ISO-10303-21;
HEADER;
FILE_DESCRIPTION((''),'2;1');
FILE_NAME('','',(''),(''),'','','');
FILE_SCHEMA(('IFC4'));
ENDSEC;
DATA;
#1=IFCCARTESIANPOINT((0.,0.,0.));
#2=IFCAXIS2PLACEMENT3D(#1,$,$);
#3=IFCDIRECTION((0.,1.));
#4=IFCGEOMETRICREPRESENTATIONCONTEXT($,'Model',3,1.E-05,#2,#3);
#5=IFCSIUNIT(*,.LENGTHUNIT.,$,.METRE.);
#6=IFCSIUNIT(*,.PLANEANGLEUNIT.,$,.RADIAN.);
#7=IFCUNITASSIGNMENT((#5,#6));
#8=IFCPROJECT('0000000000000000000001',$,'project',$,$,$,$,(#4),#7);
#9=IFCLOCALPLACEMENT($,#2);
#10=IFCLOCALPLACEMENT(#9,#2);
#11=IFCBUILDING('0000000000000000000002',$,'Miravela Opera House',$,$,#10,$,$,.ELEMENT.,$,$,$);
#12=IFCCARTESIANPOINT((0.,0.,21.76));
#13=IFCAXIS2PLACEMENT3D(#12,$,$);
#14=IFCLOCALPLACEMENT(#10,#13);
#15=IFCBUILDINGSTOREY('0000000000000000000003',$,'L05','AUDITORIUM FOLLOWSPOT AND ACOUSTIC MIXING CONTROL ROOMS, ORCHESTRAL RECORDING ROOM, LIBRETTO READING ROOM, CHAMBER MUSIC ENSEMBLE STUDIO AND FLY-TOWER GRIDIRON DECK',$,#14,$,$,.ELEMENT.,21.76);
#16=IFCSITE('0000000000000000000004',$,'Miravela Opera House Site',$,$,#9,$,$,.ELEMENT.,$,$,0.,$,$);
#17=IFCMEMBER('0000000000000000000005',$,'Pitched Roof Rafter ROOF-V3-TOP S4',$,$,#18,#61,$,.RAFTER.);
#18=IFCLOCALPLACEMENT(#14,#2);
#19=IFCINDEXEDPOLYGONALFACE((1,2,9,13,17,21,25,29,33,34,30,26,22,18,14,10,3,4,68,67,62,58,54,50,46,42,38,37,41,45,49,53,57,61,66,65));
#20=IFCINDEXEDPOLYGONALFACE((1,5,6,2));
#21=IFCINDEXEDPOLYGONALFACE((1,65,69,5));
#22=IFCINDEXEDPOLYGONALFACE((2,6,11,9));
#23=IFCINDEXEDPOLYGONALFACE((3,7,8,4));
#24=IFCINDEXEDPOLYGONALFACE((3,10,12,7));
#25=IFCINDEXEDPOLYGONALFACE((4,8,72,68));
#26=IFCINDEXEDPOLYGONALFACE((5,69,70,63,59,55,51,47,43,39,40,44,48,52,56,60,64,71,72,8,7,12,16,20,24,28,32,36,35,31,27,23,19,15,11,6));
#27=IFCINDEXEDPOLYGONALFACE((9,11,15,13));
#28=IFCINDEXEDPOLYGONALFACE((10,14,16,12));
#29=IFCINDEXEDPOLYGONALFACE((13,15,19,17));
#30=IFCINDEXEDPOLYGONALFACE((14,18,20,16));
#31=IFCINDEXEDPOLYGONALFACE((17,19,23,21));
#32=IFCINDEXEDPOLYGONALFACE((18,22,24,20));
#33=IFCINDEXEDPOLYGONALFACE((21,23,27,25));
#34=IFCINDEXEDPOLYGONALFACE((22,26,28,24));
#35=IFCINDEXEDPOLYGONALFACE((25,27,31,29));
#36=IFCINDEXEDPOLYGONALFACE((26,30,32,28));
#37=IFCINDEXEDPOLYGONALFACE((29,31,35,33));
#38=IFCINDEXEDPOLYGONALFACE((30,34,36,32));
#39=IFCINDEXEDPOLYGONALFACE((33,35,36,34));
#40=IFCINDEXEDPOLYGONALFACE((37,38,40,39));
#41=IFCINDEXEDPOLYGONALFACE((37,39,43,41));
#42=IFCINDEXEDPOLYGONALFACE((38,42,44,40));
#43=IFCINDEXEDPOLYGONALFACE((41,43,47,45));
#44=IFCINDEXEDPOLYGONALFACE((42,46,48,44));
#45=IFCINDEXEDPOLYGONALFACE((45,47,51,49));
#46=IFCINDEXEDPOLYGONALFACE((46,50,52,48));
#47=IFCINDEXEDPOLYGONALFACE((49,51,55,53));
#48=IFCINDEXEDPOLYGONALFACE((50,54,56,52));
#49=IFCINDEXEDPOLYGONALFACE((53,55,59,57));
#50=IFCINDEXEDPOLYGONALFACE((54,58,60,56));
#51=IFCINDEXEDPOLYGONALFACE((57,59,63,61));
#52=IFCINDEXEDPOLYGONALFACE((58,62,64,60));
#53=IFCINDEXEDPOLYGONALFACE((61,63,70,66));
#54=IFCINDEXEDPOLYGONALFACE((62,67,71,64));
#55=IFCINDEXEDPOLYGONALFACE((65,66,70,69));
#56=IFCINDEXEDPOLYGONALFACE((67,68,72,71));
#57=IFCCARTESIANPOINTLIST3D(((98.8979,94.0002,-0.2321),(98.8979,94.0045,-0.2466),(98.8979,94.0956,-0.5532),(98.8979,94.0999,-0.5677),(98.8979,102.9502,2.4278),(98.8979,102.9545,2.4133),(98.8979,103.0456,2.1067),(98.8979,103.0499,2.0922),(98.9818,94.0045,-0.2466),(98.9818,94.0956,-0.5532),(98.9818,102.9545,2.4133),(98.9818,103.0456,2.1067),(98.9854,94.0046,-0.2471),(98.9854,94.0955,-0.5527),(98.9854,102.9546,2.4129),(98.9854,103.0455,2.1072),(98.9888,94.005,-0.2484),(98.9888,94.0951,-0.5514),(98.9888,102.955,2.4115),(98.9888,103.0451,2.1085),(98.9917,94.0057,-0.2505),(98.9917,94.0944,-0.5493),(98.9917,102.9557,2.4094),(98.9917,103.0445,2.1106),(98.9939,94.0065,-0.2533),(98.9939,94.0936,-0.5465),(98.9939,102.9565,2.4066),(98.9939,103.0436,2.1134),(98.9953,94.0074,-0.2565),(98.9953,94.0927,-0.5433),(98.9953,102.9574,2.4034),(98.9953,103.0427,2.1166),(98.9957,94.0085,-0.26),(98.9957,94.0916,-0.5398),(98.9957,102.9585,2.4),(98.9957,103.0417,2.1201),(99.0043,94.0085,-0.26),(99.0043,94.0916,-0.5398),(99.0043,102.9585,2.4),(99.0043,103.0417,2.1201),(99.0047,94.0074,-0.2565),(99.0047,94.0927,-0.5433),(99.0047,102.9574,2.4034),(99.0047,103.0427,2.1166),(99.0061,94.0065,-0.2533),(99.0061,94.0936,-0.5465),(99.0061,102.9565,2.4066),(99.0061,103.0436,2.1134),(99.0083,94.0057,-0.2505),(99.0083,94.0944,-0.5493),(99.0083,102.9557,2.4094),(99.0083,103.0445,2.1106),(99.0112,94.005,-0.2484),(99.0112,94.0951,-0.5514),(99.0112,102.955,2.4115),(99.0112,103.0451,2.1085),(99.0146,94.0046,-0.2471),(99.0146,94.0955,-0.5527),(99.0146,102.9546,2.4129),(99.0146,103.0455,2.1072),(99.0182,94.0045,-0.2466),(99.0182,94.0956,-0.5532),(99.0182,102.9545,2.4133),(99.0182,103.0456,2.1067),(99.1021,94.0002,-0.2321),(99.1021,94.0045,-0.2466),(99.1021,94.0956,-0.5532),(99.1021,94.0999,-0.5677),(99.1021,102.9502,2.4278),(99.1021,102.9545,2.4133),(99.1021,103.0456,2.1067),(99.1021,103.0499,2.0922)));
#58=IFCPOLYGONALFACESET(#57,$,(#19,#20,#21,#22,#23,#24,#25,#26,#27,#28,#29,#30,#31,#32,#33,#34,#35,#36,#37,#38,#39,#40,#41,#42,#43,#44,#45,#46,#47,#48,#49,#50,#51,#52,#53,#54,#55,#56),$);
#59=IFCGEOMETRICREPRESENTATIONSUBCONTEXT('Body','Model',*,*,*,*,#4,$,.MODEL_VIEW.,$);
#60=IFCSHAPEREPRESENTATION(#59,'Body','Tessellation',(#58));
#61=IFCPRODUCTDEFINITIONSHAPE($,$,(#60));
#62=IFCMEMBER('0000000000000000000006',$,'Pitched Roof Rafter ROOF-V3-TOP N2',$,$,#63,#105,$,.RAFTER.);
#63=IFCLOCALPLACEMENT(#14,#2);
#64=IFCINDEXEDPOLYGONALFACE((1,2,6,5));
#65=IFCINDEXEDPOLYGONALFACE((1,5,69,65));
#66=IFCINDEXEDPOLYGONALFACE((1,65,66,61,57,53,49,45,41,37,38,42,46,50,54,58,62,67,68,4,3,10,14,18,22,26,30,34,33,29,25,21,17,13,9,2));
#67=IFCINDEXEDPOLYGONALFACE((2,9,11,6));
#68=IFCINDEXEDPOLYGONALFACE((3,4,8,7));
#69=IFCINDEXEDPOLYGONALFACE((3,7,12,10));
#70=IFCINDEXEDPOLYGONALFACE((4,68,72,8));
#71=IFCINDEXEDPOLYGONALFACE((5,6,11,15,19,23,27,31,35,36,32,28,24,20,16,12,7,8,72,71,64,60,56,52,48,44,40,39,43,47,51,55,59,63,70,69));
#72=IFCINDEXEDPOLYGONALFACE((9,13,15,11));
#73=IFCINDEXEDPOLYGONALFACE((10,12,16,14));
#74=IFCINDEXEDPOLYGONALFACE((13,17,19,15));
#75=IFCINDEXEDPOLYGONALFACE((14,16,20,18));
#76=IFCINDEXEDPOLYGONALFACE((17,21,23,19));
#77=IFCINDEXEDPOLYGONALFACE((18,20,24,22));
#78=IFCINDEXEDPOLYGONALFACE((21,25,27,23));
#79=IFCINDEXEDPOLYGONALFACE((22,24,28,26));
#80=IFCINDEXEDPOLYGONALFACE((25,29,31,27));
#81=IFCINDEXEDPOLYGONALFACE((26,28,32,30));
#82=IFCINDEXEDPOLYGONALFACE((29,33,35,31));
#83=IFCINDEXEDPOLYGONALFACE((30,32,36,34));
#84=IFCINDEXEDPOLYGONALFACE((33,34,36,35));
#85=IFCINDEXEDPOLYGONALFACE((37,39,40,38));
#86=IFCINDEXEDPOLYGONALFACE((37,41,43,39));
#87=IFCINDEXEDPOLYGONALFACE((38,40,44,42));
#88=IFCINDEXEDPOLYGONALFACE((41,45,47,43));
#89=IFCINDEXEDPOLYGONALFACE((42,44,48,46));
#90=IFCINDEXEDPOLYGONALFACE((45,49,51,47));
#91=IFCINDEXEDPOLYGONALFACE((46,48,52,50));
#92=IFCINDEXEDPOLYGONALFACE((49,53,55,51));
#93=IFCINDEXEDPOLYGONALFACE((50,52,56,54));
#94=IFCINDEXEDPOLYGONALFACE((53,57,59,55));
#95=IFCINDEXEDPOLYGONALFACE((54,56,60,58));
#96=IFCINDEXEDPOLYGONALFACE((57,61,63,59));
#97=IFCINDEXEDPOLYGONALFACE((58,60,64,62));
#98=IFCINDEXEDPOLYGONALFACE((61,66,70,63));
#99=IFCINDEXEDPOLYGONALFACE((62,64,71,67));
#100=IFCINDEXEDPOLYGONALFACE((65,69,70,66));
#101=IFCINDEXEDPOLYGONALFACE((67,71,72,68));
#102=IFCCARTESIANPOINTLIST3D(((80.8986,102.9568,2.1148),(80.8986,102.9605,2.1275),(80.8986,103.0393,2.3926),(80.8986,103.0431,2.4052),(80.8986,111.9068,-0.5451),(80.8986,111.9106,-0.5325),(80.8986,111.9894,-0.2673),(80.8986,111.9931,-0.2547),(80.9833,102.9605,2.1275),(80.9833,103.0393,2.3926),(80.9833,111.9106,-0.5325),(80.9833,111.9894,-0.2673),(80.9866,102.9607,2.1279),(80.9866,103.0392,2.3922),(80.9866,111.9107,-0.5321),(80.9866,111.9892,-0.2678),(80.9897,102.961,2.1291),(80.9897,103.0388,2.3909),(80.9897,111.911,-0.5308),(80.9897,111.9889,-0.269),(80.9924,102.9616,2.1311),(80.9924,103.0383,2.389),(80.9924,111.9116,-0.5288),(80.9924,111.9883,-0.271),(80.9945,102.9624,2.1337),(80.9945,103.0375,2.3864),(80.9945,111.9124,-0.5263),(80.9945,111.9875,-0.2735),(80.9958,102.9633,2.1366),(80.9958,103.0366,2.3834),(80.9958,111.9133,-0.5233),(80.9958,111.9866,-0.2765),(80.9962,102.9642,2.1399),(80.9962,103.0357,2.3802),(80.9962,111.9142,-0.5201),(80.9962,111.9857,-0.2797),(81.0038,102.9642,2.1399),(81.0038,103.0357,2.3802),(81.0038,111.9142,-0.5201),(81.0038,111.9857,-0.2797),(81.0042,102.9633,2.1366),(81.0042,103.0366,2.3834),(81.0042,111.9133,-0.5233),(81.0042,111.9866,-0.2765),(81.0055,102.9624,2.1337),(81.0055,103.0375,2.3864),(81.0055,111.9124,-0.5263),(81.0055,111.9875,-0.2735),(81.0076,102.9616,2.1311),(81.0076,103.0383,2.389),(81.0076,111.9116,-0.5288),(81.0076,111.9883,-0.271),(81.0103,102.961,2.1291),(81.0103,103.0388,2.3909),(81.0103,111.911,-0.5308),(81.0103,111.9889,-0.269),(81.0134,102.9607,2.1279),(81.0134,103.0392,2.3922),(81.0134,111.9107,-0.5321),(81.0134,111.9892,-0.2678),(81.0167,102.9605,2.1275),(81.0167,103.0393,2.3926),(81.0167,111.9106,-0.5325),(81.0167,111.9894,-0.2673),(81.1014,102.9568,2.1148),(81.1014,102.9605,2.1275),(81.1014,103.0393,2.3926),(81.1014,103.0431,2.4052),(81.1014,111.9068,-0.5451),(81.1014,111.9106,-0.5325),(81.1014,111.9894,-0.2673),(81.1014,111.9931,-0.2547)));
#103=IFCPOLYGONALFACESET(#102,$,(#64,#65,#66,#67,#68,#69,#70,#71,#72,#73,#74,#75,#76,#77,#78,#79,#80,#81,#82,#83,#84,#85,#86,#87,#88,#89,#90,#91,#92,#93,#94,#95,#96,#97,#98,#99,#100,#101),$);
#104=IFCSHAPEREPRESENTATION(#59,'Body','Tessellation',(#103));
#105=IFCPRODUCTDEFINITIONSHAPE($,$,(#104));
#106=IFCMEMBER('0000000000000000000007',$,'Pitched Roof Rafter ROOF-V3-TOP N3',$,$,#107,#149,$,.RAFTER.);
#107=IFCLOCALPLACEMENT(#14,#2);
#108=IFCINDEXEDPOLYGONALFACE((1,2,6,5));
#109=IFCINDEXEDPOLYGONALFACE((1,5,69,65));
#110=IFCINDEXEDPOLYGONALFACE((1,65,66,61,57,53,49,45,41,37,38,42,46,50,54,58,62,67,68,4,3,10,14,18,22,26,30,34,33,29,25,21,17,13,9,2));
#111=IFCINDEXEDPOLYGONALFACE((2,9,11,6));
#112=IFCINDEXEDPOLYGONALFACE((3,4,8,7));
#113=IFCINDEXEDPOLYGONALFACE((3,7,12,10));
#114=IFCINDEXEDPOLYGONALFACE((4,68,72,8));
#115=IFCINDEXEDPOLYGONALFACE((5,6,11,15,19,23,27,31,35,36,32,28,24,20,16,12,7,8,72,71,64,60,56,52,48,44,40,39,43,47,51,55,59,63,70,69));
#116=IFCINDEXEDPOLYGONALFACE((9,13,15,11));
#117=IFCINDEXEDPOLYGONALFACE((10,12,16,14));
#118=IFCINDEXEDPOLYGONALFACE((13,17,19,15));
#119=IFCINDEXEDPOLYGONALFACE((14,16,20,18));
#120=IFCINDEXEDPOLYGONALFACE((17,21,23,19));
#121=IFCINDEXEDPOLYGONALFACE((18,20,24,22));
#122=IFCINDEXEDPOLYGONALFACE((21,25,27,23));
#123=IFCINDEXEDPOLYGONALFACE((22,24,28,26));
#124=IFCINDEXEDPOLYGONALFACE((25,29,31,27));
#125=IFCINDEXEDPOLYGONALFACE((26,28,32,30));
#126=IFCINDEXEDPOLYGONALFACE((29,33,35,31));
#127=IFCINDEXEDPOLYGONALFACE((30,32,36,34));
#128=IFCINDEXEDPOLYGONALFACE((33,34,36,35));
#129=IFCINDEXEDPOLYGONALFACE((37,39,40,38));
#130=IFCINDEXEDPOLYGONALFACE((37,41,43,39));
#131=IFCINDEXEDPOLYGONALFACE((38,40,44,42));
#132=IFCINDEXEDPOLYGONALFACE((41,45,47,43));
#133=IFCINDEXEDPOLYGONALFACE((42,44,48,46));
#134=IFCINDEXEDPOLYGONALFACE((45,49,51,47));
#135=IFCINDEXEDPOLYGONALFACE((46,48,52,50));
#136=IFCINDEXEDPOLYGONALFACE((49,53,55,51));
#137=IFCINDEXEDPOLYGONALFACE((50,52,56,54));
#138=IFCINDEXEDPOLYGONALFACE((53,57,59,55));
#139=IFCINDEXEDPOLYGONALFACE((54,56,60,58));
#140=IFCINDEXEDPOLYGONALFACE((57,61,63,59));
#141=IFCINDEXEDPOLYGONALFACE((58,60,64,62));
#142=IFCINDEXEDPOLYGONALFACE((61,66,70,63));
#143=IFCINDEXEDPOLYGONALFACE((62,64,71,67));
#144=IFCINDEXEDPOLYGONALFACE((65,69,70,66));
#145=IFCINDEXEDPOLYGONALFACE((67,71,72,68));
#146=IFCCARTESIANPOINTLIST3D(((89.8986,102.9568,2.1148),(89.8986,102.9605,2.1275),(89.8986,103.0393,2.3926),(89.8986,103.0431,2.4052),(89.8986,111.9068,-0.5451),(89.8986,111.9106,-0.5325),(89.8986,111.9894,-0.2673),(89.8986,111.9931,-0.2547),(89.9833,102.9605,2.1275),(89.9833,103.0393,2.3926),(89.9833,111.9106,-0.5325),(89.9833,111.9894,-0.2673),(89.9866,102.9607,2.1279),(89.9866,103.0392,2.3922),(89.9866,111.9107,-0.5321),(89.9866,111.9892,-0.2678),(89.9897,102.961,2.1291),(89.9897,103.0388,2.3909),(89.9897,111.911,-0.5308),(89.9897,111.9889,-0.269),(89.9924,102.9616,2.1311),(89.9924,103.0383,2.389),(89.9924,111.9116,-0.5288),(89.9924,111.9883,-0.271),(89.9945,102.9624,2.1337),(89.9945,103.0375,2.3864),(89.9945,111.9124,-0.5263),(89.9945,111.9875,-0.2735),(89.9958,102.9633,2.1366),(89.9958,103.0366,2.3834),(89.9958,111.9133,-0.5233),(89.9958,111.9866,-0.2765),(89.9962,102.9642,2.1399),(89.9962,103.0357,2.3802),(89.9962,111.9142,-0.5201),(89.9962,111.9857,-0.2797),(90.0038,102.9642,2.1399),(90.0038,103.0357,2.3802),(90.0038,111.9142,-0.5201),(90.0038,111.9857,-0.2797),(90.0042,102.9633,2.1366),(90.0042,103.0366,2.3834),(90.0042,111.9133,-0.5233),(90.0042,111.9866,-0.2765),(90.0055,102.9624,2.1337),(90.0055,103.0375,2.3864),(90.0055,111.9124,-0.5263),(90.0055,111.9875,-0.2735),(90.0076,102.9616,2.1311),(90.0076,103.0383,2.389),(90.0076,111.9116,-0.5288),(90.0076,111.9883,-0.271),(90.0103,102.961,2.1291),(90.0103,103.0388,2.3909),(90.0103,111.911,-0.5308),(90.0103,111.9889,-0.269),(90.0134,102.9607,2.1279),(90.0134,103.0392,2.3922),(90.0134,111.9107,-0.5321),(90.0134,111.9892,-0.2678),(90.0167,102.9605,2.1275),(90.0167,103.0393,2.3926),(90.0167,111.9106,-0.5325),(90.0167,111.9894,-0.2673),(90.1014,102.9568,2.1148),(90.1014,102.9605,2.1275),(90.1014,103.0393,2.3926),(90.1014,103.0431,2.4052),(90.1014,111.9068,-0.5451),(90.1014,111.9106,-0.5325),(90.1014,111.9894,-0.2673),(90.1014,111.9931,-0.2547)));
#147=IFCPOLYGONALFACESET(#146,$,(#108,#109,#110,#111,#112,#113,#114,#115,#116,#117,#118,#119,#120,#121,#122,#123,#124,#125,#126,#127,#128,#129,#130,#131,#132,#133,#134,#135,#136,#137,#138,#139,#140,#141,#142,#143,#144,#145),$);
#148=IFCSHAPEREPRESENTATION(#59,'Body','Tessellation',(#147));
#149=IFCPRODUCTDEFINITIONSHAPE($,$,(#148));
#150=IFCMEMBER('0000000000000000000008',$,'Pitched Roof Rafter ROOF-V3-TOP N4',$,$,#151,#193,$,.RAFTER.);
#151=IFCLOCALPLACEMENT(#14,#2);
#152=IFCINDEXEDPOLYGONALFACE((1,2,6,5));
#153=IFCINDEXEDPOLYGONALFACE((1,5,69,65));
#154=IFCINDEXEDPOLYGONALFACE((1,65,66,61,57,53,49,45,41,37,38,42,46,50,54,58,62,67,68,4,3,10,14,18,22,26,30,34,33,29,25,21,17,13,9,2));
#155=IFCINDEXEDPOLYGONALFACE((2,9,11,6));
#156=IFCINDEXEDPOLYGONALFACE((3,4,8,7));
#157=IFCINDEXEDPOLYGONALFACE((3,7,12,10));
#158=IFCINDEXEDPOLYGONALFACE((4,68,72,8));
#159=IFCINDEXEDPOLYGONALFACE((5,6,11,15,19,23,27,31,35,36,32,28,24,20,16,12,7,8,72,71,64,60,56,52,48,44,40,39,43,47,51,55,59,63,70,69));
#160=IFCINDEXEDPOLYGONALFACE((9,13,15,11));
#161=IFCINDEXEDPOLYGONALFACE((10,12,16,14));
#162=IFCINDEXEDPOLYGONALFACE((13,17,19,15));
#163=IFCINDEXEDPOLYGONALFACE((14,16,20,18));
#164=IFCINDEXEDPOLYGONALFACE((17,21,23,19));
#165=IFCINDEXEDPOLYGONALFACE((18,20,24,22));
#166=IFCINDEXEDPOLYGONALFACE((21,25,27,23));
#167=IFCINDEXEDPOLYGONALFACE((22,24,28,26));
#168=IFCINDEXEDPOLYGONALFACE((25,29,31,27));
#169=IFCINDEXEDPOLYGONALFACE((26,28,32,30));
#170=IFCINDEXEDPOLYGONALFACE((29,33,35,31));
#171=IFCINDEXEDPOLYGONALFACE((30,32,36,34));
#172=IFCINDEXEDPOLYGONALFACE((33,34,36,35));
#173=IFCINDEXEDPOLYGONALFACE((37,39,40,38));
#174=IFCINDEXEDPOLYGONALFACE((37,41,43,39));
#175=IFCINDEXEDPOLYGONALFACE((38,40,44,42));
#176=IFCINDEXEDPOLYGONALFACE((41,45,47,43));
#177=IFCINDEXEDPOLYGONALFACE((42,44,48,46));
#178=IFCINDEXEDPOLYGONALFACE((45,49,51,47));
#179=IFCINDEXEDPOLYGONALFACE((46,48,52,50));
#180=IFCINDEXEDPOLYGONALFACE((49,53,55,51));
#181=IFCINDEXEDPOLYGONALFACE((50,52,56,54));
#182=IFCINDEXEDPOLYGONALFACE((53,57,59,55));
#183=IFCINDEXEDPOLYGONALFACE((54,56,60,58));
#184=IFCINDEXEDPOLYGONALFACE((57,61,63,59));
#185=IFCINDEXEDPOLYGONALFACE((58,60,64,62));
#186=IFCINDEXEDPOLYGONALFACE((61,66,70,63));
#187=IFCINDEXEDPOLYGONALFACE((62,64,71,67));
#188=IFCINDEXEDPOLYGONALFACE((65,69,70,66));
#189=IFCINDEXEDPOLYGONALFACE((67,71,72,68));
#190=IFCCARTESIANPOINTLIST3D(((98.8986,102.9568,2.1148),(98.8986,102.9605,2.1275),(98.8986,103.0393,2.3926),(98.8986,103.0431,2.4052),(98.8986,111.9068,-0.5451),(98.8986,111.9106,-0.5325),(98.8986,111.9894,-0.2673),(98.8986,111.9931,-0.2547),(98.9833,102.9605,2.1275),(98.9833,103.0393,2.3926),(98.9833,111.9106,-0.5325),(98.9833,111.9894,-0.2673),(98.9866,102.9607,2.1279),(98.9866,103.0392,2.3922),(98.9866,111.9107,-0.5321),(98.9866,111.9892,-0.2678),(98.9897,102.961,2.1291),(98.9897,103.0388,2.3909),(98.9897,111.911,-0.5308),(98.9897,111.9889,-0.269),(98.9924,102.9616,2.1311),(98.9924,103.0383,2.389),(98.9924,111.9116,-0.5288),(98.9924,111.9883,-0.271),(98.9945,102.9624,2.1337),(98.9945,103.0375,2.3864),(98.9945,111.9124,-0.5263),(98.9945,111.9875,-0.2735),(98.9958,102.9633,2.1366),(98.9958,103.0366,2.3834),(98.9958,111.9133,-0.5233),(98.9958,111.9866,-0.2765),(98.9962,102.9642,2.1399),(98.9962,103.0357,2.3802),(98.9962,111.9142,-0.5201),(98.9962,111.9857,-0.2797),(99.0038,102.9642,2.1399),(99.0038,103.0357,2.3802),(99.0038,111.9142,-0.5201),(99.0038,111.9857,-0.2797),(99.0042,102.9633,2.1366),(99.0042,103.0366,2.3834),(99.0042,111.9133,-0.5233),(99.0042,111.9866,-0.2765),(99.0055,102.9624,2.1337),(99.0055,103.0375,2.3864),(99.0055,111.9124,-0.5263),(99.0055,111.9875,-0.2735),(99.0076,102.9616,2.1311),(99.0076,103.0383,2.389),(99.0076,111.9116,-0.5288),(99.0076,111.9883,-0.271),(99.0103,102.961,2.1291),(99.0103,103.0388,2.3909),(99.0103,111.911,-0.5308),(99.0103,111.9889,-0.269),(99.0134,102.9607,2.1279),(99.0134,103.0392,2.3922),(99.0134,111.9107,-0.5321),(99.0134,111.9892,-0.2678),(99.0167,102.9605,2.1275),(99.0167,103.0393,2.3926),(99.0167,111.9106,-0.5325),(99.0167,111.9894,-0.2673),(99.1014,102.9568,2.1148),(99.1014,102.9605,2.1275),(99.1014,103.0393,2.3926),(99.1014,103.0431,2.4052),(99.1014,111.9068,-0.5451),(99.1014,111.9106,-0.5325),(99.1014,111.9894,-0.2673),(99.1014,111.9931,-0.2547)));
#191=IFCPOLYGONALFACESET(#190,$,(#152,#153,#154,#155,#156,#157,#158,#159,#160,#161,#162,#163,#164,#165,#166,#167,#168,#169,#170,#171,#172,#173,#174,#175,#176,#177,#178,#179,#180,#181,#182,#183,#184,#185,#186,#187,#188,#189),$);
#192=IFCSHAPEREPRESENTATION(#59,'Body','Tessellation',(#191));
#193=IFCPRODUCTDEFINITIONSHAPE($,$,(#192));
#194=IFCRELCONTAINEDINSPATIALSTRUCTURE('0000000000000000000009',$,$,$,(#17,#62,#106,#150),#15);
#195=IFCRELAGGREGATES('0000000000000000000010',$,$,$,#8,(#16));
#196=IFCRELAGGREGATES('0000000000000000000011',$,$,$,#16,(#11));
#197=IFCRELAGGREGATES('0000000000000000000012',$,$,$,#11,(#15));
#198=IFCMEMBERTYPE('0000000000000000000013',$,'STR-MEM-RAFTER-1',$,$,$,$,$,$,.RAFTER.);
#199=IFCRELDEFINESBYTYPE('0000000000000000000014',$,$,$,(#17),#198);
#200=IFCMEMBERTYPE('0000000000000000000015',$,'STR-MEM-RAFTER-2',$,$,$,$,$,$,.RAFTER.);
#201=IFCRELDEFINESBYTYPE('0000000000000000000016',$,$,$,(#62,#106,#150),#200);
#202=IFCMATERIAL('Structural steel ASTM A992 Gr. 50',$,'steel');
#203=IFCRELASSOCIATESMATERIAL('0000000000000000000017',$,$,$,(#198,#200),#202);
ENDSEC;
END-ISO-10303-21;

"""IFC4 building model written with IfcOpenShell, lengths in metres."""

from ifc_helpers import new_model, si_unit, direction, frame, origin, origin_2d, place, context, subcontext, project, spatial, i_section, extrude, material, material_profile, profile_set, type_object, element, save


model = new_model("IFC4")

# Units and contexts
model_context = context("Model", 3, precision=1e-05, world=origin(), true_north=direction((0.0, 1.0)))
body_context = subcontext(model_context, "Body", "Model", "MODEL_VIEW")
ifc_project = project(units=[si_unit("LENGTHUNIT", "METRE"), si_unit("PLANEANGLEUNIT", "RADIAN")], contexts=[model_context])

# Site, building, storey
site_placement = place(None, origin())
site = spatial("IfcSite", under=ifc_project, at=site_placement, Name="Miravela Opera House Site", CompositionType="ELEMENT", RefElevation=0.0)
building_placement = place(site_placement, origin())
building = spatial("IfcBuilding", under=site, at=building_placement, Name="Miravela Opera House", CompositionType="ELEMENT")
storey_placement = place(building_placement, frame((0.0, 0.0, 21.76)))
storey = spatial("IfcBuildingStorey", under=building, at=storey_placement, Name="L05", Description="AUDITORIUM FOLLOWSPOT AND ACOUSTIC MIXING CONTROL ROOMS, ORCHESTRAL RECORDING ROOM, LIBRETTO READING ROOM, CHAMBER MUSIC ENSEMBLE STUDIO AND FLY-TOWER GRIDIRON DECK", CompositionType="ELEMENT", Elevation=21.76)

# Members
ifc_material_1 = material(Name="Structural steel ASTM A992 Gr. 50", Category="steel")
ifc_material_profile_1 = material_profile(ifc_material_1, i_section(OverallWidth=0.2041, OverallDepth=0.3501, WebThickness=0.0085, FlangeThickness=0.0151, FilletRadius=0.0139, at=origin_2d()), Name="W360X72")
ifc_profile_set_1 = profile_set([ifc_material_profile_1])
member_type_1 = type_object("IfcMemberType", Name="STR-MEM-RAFTER-1", PredefinedType="RAFTER", material=ifc_profile_set_1)
for number, where, z_axis, x_axis, name in (
    (1, (99.0, 94.05, -0.3999), (0.0, 0.958562, 0.284883), (-1.0, 0.0, 0.0), "Pitched Roof Rafter ROOF-V3-TOP S4"),
):
    element("IfcMember", number, at=place(storey_placement, frame(where, z_axis=z_axis, x_axis=x_axis)), inside=storey, type_object=member_type_1, Name=name, PredefinedType="RAFTER", context=body_context, shape_type="SweptSolid", body=[
        extrude(i_section(OverallWidth=0.2041, OverallDepth=0.3501, WebThickness=0.0085, FlangeThickness=0.0151, FilletRadius=0.0139, at=origin_2d()), origin(), (0.0, 0.0, 1.0), 9.3369),
    ])
ifc_material_profile_2 = material_profile(ifc_material_1, i_section(OverallWidth=0.2029, OverallDepth=0.303, WebThickness=0.0076, FlangeThickness=0.0132, FilletRadius=0.0129, at=origin_2d()), Name="W310X60")
ifc_profile_set_2 = profile_set([ifc_material_profile_2])
member_type_2 = type_object("IfcMemberType", Name="STR-MEM-RAFTER-2", PredefinedType="RAFTER", material=ifc_profile_set_2)
for number, where, z_axis, x_axis, name in (
    (2, (81.0, 111.95, -0.3999), (0.0, -0.958562, 0.284883), (1.0, 0.0, 0.0), "Pitched Roof Rafter ROOF-V3-TOP N2"),
    (3, (90.0, 111.95, -0.3999), (0.0, -0.958562, 0.284883), (1.0, 0.0, 0.0), "Pitched Roof Rafter ROOF-V3-TOP N3"),
    (4, (99.0, 111.95, -0.3999), (0.0, -0.958562, 0.284883), (1.0, 0.0, 0.0), "Pitched Roof Rafter ROOF-V3-TOP N4"),
):
    element("IfcMember", number, at=place(storey_placement, frame(where, z_axis=z_axis, x_axis=x_axis)), inside=storey, type_object=member_type_2, Name=name, PredefinedType="RAFTER", context=body_context, shape_type="SweptSolid", body=[
        extrude(i_section(OverallWidth=0.2029, OverallDepth=0.303, WebThickness=0.0076, FlangeThickness=0.0132, FilletRadius=0.0129, at=origin_2d()), origin(), (0.0, 0.0, 1.0), 9.3369),
    ])

save(model, "model.ifc")
